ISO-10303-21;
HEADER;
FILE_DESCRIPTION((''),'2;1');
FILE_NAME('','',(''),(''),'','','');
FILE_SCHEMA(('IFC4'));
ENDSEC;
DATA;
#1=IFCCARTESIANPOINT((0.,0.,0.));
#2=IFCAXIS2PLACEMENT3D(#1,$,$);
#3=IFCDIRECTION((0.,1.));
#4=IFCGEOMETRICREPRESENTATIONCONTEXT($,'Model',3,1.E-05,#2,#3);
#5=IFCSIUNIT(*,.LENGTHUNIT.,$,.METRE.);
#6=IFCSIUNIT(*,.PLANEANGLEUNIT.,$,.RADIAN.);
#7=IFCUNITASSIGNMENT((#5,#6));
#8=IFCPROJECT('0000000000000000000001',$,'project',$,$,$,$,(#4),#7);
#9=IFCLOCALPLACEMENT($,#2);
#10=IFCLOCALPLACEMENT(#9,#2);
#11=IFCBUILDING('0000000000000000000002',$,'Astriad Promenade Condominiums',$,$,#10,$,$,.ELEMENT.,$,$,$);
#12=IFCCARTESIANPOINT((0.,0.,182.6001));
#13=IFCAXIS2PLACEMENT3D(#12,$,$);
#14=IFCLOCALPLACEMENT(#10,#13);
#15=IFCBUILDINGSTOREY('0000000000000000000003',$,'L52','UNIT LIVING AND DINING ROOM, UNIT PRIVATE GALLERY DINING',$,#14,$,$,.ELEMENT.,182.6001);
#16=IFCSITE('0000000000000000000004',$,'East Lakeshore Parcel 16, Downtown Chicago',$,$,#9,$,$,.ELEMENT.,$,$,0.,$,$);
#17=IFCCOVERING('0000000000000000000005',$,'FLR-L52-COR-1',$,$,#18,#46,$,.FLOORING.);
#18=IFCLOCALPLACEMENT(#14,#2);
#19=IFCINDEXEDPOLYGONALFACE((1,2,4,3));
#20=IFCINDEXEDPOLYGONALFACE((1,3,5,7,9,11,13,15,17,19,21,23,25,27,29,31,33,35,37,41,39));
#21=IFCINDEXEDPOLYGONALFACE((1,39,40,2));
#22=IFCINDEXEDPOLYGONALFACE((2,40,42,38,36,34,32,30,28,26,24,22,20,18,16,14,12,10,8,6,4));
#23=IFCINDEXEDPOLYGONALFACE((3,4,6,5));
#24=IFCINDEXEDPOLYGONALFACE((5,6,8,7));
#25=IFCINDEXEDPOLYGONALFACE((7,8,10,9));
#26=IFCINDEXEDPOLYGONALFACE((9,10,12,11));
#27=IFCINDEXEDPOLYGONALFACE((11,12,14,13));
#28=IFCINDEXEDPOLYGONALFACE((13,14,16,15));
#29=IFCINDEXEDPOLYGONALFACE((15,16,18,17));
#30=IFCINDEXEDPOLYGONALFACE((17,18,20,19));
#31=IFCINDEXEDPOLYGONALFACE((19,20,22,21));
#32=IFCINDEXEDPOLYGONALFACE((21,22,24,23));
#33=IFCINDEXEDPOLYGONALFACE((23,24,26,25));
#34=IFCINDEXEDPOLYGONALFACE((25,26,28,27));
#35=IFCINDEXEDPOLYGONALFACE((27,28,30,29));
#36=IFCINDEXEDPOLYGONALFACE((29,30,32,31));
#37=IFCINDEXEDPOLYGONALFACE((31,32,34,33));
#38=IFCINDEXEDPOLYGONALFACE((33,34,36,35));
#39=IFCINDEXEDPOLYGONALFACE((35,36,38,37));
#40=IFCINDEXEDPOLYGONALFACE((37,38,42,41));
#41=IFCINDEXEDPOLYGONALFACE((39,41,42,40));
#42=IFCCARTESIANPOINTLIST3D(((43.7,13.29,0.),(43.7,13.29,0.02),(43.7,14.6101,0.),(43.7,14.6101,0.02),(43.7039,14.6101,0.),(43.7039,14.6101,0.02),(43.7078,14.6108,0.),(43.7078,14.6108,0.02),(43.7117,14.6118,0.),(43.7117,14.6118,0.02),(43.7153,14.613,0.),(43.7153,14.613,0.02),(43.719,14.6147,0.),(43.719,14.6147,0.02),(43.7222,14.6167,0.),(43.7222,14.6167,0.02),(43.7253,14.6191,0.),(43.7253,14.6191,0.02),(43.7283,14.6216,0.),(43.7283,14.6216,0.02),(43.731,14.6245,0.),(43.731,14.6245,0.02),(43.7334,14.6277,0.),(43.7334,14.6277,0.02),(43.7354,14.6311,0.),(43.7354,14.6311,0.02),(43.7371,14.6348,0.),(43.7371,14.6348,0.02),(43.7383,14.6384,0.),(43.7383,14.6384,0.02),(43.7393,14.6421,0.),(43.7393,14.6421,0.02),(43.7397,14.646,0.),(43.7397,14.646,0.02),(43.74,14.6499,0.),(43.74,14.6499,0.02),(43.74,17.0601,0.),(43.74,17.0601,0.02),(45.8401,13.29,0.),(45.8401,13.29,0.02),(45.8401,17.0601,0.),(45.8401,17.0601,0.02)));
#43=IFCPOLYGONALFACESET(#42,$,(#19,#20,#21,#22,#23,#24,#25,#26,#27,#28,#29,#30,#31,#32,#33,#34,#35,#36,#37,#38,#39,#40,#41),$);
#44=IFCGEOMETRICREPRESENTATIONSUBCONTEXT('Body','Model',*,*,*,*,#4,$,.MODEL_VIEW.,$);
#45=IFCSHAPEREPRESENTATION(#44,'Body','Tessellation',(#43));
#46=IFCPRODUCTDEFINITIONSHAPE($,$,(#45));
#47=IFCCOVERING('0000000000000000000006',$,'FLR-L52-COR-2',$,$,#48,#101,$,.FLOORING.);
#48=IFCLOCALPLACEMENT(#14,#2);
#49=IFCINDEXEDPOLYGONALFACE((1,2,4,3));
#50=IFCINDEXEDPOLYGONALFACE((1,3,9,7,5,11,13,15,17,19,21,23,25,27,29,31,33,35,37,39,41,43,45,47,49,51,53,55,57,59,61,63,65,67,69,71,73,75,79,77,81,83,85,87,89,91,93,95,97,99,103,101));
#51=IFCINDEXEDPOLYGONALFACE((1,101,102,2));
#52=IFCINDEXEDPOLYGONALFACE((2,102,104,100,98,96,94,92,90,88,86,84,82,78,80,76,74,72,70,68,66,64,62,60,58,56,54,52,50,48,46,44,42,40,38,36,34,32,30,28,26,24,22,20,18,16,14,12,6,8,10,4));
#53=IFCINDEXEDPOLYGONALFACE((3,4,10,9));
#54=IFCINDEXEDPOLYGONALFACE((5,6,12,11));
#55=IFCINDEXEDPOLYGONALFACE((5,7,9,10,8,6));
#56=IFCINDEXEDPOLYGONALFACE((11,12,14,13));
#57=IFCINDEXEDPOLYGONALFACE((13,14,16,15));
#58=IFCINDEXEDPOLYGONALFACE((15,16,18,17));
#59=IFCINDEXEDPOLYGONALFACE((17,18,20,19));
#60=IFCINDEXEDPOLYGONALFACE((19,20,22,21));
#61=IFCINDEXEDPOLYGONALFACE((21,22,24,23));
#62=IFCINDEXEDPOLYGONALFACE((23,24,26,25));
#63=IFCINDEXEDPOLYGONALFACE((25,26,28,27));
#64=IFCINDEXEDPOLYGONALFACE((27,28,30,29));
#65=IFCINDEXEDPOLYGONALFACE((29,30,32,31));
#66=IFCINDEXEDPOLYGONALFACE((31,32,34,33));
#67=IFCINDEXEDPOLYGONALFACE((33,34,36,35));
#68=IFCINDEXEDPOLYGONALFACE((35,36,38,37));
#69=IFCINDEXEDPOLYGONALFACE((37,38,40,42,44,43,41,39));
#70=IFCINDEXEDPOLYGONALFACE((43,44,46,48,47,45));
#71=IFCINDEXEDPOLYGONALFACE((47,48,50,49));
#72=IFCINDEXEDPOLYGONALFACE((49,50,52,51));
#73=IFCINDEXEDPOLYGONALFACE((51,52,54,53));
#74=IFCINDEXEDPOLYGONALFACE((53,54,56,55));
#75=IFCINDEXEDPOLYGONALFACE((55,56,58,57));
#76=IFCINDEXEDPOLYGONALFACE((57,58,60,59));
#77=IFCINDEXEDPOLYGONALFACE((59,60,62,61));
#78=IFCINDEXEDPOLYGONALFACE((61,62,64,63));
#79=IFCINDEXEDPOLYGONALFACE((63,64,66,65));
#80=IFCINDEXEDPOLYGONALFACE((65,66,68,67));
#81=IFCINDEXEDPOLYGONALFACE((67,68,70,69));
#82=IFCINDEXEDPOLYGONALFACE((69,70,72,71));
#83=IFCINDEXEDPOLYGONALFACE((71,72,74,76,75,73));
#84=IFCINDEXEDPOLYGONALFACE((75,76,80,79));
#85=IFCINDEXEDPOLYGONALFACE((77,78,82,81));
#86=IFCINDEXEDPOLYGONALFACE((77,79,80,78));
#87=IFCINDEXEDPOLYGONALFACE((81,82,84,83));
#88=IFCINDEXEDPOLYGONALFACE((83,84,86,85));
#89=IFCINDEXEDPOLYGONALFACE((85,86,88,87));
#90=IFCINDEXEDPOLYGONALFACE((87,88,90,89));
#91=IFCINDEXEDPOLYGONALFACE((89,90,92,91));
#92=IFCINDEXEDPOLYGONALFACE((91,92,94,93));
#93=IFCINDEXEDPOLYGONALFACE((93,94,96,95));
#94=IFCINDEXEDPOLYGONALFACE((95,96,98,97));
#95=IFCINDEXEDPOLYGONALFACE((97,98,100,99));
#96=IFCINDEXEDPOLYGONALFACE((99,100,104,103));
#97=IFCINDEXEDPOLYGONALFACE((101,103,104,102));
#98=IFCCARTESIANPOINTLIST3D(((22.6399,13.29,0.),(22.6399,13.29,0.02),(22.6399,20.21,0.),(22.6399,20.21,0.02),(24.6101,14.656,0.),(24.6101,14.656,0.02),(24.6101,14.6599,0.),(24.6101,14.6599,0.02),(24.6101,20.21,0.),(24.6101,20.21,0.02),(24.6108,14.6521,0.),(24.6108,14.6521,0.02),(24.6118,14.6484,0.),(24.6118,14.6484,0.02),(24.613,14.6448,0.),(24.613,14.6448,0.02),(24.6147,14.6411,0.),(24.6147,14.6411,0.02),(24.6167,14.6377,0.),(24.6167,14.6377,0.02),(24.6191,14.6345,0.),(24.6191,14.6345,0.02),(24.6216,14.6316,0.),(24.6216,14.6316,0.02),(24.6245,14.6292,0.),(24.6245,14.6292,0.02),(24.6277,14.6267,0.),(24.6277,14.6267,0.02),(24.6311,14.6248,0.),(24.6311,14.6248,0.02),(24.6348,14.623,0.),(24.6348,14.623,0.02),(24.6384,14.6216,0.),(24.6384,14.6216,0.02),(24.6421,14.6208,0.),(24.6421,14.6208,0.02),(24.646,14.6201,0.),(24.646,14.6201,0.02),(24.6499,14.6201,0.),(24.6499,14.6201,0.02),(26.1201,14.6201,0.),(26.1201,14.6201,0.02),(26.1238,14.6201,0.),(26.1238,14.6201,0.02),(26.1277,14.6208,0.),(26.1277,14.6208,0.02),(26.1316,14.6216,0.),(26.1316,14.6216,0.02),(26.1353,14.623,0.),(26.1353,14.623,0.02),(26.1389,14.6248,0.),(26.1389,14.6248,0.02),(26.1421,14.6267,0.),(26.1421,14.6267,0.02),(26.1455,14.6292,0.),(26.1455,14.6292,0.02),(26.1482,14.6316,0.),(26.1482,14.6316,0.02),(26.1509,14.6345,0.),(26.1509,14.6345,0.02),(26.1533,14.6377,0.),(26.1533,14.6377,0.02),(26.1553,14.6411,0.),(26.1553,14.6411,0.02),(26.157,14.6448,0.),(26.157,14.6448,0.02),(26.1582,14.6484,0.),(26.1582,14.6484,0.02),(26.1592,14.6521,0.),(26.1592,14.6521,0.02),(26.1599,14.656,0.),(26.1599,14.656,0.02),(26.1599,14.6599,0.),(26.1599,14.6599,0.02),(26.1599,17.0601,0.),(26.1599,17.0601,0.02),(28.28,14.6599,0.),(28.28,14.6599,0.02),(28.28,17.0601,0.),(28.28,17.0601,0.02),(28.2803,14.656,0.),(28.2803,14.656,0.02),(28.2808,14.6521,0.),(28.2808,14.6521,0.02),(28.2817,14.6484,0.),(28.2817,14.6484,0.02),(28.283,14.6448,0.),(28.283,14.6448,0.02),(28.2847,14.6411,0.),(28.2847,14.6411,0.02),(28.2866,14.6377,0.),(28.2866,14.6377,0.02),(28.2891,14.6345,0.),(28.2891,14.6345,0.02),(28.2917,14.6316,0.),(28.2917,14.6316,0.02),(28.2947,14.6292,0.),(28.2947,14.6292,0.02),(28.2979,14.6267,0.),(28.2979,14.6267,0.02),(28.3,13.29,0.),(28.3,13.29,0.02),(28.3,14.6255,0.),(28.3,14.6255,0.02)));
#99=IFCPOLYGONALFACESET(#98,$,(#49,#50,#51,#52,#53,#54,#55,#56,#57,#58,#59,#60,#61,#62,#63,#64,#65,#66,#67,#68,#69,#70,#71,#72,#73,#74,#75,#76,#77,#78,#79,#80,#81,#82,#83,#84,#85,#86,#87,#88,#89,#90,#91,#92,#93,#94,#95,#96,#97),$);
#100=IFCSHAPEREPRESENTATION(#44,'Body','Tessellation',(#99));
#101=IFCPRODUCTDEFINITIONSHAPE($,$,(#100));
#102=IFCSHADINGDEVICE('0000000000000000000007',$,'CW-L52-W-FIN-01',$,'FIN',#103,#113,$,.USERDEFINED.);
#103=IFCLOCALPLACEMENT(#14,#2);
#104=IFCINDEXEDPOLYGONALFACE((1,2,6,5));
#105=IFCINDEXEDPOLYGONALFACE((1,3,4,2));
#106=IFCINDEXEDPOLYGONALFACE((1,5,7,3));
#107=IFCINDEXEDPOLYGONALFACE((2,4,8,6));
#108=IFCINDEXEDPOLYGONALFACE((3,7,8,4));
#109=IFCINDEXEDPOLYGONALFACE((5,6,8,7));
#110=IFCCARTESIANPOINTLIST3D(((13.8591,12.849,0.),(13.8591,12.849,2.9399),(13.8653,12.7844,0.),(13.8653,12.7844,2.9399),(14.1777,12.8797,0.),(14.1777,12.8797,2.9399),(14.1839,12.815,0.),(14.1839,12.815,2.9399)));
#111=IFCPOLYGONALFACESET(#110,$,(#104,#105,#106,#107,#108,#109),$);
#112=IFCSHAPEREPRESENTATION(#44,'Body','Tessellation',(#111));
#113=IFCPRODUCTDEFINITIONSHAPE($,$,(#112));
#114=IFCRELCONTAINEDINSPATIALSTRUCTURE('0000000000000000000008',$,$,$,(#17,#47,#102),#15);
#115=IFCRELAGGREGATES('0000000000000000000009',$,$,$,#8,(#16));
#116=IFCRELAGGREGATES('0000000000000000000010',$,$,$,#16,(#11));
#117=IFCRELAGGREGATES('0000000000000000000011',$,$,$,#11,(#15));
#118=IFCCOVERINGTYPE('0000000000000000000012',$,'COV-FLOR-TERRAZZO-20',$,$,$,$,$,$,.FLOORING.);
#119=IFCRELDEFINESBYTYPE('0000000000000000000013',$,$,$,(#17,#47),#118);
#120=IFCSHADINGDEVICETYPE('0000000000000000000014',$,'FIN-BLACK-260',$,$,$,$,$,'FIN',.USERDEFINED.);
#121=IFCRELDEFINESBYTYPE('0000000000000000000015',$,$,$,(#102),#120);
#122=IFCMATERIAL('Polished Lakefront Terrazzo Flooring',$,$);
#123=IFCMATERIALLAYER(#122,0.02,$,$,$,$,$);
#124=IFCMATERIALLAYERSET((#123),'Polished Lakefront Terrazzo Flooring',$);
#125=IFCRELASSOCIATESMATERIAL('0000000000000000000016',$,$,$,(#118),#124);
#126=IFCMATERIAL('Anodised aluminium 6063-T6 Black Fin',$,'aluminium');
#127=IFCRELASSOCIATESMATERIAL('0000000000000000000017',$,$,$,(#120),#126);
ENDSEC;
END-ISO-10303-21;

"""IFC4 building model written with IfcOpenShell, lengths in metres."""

from ifc_helpers import new_model, si_unit, direction, frame, origin, origin_2d, place, context, subcontext, project, spatial, polyline, rectangle, outline, extrude, source, transform, mapped, material, layer, layer_set, type_object, type_shapes, element, save


model = new_model("IFC4")

# Units and contexts
model_context = context("Model", 3, precision=1e-05, world=origin(), true_north=direction((0.0, 1.0)))
body_context = subcontext(model_context, "Body", "Model", "MODEL_VIEW")
ifc_project = project(units=[si_unit("LENGTHUNIT", "METRE"), si_unit("PLANEANGLEUNIT", "RADIAN")], contexts=[model_context])

# Site, building, storey
site_placement = place(None, origin())
site = spatial("IfcSite", under=ifc_project, at=site_placement, Name="East Lakeshore Parcel 16, Downtown Chicago", CompositionType="ELEMENT", RefElevation=0.0)
building_placement = place(site_placement, origin())
building = spatial("IfcBuilding", under=site, at=building_placement, Name="Astriad Promenade Condominiums", CompositionType="ELEMENT")
storey_placement = place(building_placement, frame((0.0, 0.0, 182.6001)))
storey = spatial("IfcBuildingStorey", under=building, at=storey_placement, Name="L52", Description="UNIT LIVING AND DINING ROOM, UNIT PRIVATE GALLERY DINING", CompositionType="ELEMENT", Elevation=182.6001)

# Coverings
ifc_material_1 = material(Name="Polished Lakefront Terrazzo Flooring")
ifc_layer_1 = layer(ifc_material_1, 0.02)
ifc_layer_set_1 = layer_set([ifc_layer_1], Name="Polished Lakefront Terrazzo Flooring")
covering_type = type_object("IfcCoveringType", Name="COV-FLOR-TERRAZZO-20", PredefinedType="FLOORING", material=ifc_layer_set_1)
covering_1_placement = place(storey_placement, origin())
element("IfcCovering", 1, at=covering_1_placement, inside=storey, type_object=covering_type, Name="FLR-L52-COR-1", PredefinedType="FLOORING", context=body_context, shape_type="SweptSolid", body=[
    extrude(outline(polyline([(43.7, 13.29), (43.7, 14.6101), (43.7039, 14.6101), (43.7078, 14.6108), (43.7117, 14.6118), (43.7153, 14.613), (43.719, 14.6147), (43.7222, 14.6167), (43.7253, 14.6191), (43.7283, 14.6216), (43.731, 14.6245), (43.7334, 14.6277), (43.7354, 14.6311), (43.7371, 14.6348), (43.7383, 14.6384), (43.7393, 14.6421), (43.7397, 14.646), (43.74, 14.6499), (43.74, 17.0601), (45.8401, 17.0601), (45.8401, 13.29), (43.7, 13.29)])), origin(), (0.0, 0.0, 1.0), 0.02),
])
covering_2_placement = place(storey_placement, origin())
element("IfcCovering", 2, at=covering_2_placement, inside=storey, type_object=covering_type, Name="FLR-L52-COR-2", PredefinedType="FLOORING", context=body_context, shape_type="SweptSolid", body=[
    extrude(outline(polyline([(28.3, 13.29), (22.6399, 13.29), (22.6399, 20.21), (24.6101, 20.21), (24.6101, 14.6599), (24.6101, 14.656), (24.6108, 14.6521), (24.6118, 14.6484), (24.613, 14.6448), (24.6147, 14.6411), (24.6167, 14.6377), (24.6191, 14.6345), (24.6216, 14.6316), (24.6245, 14.6292), (24.6277, 14.6267), (24.6311, 14.6248), (24.6348, 14.623), (24.6384, 14.6216), (24.6421, 14.6208), (24.646, 14.6201), (24.6499, 14.6201), (26.1201, 14.6201), (26.1238, 14.6201), (26.1277, 14.6208), (26.1316, 14.6216), (26.1353, 14.623), (26.1389, 14.6248), (26.1421, 14.6267), (26.1455, 14.6292), (26.1482, 14.6316), (26.1509, 14.6345), (26.1533, 14.6377), (26.1553, 14.6411), (26.157, 14.6448), (26.1582, 14.6484), (26.1592, 14.6521), (26.1599, 14.656), (26.1599, 14.6599), (26.1599, 17.0601), (28.28, 17.0601), (28.28, 14.6599), (28.2803, 14.656), (28.2808, 14.6521), (28.2817, 14.6484), (28.283, 14.6448), (28.2847, 14.6411), (28.2866, 14.6377), (28.2891, 14.6345), (28.2917, 14.6316), (28.2947, 14.6292), (28.2979, 14.6267), (28.3, 14.6255), (28.3, 13.29)])), origin(), (0.0, 0.0, 1.0), 0.02),
])

# Shading device
ifc_material_2 = material(Name="Anodised aluminium 6063-T6 Black Fin", Category="aluminium")
shading_device_type = type_object("IfcShadingDeviceType", Name="FIN-BLACK-260", ElementType="FIN", PredefinedType="USERDEFINED", material=ifc_material_2)
shared_shape_1 = source(origin(), body_context, "Body", "SweptSolid", [
    extrude(rectangle(XDim=0.0649, YDim=0.3201, at=origin_2d()), origin(), (0.0, 0.0, 1.0), 2.9399),
])
type_shapes(shading_device_type, [shared_shape_1])
shading_device_placement = place(storey_placement, frame((14.0215, 12.832, 0.0), z_axis=(0.0, 0.0, 1.0), x_axis=(-0.095846, 0.995396, 0.0)))
element("IfcShadingDevice", 3, at=shading_device_placement, inside=storey, type_object=shading_device_type, Name="CW-L52-W-FIN-01", ObjectType="FIN", PredefinedType="USERDEFINED", context=body_context, shape_type="MappedRepresentation", body=[
    mapped(shared_shape_1, transform((0.0, 0.0, 0.0), scale=1.0)),
])

save(model, "model.ifc")
